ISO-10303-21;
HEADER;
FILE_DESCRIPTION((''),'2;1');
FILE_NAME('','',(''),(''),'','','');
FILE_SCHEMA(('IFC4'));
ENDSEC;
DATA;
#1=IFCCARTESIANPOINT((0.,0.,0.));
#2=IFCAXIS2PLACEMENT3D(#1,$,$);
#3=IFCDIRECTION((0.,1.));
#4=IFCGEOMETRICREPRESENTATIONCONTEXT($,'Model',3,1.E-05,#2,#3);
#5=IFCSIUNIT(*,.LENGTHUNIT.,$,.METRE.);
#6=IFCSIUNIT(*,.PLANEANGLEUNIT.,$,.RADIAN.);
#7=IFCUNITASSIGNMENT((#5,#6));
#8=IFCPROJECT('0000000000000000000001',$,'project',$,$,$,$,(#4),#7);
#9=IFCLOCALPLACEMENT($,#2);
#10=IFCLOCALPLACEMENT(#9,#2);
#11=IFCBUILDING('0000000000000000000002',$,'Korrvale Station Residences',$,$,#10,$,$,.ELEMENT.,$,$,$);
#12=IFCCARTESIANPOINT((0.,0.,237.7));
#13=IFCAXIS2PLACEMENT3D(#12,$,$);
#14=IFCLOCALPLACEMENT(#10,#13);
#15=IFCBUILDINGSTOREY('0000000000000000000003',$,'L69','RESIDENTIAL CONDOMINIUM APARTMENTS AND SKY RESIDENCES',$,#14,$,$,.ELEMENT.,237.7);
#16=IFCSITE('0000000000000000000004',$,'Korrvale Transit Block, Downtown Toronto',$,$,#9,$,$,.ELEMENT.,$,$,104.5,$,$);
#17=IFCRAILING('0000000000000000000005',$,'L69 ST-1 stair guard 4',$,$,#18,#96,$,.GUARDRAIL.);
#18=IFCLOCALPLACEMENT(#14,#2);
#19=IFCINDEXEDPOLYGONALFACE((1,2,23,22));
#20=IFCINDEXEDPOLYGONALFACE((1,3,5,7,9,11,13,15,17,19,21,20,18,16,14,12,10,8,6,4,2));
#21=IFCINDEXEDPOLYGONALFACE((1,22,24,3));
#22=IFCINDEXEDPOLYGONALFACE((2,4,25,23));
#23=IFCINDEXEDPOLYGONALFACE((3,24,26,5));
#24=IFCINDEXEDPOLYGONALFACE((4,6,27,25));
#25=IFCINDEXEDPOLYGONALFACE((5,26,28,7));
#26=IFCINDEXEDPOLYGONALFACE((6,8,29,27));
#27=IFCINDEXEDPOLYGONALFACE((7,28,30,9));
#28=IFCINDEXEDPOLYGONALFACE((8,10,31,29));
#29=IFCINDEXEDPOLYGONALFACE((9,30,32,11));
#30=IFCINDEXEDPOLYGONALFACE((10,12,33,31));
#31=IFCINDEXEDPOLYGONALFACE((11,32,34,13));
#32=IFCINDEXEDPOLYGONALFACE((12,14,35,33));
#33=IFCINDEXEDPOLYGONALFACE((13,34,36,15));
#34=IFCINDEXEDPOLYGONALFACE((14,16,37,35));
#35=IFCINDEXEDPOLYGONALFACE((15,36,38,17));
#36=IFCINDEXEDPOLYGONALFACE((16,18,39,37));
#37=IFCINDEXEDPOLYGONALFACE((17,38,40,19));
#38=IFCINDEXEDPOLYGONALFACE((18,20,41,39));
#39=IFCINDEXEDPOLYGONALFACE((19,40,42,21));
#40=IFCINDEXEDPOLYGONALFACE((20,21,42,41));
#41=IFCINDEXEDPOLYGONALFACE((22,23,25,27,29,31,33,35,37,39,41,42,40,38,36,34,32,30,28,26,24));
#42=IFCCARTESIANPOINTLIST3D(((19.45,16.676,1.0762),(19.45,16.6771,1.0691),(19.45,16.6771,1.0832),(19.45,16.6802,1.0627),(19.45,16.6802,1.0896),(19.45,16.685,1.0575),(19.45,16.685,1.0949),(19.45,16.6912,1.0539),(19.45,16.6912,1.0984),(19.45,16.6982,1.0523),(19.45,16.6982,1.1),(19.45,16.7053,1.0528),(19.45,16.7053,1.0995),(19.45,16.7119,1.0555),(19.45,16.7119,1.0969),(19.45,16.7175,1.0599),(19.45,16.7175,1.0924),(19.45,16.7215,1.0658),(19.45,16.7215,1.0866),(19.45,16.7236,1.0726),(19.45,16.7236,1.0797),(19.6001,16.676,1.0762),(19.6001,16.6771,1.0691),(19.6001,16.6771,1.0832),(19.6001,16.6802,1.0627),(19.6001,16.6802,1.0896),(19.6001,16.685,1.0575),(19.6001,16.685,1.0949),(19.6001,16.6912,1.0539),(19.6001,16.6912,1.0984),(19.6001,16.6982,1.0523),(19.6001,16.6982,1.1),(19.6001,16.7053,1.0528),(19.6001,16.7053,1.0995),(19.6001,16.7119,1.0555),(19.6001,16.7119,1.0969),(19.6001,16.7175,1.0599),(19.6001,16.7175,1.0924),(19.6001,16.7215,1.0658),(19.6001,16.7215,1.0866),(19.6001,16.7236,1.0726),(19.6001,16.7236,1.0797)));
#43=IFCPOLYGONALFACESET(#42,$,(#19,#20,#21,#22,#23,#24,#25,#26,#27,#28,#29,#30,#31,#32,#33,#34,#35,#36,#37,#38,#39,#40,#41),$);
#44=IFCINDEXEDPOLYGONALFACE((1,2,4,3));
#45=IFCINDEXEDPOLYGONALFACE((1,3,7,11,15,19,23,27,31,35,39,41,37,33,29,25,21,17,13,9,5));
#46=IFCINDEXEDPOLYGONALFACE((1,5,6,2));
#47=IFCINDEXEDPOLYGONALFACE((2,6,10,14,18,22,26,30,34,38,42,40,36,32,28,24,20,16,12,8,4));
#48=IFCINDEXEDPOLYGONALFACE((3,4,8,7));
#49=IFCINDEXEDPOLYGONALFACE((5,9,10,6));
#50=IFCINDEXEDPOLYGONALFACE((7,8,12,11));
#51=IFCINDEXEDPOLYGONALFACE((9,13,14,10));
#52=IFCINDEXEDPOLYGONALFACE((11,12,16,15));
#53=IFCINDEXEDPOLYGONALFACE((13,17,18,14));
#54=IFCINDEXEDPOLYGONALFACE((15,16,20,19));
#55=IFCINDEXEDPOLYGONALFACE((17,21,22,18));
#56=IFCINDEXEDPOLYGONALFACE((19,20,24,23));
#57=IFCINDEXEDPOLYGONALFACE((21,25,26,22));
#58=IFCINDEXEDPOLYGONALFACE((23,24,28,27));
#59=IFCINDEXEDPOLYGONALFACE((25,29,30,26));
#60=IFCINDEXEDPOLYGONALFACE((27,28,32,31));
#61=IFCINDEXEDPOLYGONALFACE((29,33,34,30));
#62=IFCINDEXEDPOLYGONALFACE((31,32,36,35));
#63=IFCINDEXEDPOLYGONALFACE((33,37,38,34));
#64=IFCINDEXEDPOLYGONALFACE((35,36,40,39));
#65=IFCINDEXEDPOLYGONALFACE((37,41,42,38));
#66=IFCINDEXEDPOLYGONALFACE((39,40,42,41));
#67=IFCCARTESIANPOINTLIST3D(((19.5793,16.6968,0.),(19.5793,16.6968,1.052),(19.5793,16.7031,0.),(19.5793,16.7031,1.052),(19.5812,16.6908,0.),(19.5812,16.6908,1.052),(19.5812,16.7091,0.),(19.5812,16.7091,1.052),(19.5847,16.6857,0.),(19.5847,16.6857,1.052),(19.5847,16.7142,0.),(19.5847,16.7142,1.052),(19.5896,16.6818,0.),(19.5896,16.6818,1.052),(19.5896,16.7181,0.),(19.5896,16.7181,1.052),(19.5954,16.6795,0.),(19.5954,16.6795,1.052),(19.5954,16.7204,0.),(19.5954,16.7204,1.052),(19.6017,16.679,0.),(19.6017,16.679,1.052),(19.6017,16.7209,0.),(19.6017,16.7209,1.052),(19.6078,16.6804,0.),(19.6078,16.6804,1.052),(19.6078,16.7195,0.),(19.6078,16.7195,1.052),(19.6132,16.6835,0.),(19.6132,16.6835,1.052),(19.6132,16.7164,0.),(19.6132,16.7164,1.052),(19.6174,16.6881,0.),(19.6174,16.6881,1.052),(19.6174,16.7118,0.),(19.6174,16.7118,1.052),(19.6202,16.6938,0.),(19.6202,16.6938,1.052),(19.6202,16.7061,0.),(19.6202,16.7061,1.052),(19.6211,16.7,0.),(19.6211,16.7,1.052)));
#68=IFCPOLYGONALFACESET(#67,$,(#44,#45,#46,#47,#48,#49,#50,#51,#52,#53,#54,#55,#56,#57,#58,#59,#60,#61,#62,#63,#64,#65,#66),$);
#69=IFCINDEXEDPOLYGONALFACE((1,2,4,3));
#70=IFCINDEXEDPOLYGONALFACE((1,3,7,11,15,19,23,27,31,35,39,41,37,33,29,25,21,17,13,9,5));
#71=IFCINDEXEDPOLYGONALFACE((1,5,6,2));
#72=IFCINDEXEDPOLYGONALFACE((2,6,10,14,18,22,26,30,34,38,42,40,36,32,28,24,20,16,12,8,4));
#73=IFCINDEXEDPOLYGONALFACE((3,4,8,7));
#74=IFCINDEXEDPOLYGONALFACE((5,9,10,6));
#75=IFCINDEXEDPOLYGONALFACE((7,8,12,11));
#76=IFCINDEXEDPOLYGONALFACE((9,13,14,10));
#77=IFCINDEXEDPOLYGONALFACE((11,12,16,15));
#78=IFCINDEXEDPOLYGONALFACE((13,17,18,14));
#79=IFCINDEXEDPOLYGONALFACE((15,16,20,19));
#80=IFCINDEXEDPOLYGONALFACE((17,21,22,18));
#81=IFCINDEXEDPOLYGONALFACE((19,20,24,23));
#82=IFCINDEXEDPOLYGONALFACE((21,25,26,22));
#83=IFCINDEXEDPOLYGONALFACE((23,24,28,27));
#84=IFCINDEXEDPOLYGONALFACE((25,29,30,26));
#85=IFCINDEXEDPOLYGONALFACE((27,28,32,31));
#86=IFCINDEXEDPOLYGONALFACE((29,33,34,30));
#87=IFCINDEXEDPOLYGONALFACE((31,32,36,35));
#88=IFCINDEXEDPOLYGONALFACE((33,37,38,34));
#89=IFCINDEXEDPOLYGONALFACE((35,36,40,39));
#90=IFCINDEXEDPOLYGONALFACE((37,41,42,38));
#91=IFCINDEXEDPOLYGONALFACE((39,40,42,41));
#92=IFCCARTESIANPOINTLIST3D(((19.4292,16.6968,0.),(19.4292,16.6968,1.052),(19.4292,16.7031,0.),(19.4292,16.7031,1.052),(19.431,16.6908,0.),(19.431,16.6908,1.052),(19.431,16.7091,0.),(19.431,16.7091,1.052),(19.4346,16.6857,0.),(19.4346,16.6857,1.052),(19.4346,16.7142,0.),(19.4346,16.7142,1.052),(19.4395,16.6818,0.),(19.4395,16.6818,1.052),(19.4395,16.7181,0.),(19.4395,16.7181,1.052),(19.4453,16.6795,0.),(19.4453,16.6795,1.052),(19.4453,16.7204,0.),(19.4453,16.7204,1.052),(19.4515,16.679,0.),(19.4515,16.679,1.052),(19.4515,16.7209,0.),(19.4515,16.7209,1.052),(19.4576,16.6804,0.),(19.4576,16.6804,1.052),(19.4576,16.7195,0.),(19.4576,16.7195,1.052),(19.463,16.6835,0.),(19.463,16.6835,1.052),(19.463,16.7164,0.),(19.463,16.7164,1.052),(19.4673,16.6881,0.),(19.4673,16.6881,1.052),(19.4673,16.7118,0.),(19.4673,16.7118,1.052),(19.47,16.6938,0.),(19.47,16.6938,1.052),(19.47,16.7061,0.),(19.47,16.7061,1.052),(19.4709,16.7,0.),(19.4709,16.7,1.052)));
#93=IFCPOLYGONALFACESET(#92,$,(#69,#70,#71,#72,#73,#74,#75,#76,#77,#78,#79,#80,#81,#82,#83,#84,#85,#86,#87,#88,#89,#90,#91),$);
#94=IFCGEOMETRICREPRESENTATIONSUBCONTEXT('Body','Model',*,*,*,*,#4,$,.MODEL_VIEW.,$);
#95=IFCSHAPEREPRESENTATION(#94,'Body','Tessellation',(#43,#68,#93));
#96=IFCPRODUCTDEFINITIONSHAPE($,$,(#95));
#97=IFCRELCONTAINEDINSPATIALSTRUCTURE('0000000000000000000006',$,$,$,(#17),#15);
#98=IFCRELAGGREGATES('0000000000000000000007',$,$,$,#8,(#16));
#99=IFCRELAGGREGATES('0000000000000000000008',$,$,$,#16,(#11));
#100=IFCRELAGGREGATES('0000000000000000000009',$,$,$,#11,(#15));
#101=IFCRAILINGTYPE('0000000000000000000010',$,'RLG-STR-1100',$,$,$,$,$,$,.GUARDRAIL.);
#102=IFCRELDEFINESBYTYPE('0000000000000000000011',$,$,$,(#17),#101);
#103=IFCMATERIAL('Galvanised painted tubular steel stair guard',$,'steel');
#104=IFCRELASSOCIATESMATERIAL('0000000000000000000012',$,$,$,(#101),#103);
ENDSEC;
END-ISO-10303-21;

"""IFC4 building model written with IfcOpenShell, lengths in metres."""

from ifc_helpers import new_model, si_unit, direction, frame, origin, origin_2d, place, context, subcontext, project, spatial, circle, extrude, material, type_object, element, save


model = new_model("IFC4")

# Units and contexts
model_context = context("Model", 3, precision=1e-05, world=origin(), true_north=direction((0.0, 1.0)))
body_context = subcontext(model_context, "Body", "Model", "MODEL_VIEW")
ifc_project = project(units=[si_unit("LENGTHUNIT", "METRE"), si_unit("PLANEANGLEUNIT", "RADIAN")], contexts=[model_context])

# Site, building, storey
site_placement = place(None, origin())
site = spatial("IfcSite", under=ifc_project, at=site_placement, Name="Korrvale Transit Block, Downtown Toronto", CompositionType="ELEMENT", RefElevation=104.5)
building_placement = place(site_placement, origin())
building = spatial("IfcBuilding", under=site, at=building_placement, Name="Korrvale Station Residences", CompositionType="ELEMENT")
storey_placement = place(building_placement, frame((0.0, 0.0, 237.7)))
storey = spatial("IfcBuildingStorey", under=building, at=storey_placement, Name="L69", Description="RESIDENTIAL CONDOMINIUM APARTMENTS AND SKY RESIDENCES", CompositionType="ELEMENT", Elevation=237.7)

# Railing
ifc_material_1 = material(Name="Galvanised painted tubular steel stair guard", Category="steel")
railing_type_1 = type_object("IfcRailingType", Name="RLG-STR-1100", PredefinedType="GUARDRAIL", material=ifc_material_1)
railing_1_placement = place(storey_placement, frame((19.6001, 16.7, 0.0)))
element("IfcRailing", 1, at=railing_1_placement, inside=storey, type_object=railing_type_1, Name="L69 ST-1 stair guard 4", PredefinedType="GUARDRAIL", context=body_context, shape_type="SweptSolid", body=[
    extrude(circle(Radius=0.0239, at=origin_2d()), frame((0.0, 0.0, 1.0762), z_axis=(-1.0, 0.0, 0.0), x_axis=(0.0, -1.0, 0.0)), (0.0, 0.0, 1.0), 0.1501),
    extrude(circle(Radius=0.021, at=origin_2d()), origin(), (0.0, 0.0, 1.0), 1.052),
    extrude(circle(Radius=0.021, at=origin_2d()), frame((-0.1501, 0.0, 0.0)), (0.0, 0.0, 1.0), 1.052),
])

save(model, "model.ifc")
